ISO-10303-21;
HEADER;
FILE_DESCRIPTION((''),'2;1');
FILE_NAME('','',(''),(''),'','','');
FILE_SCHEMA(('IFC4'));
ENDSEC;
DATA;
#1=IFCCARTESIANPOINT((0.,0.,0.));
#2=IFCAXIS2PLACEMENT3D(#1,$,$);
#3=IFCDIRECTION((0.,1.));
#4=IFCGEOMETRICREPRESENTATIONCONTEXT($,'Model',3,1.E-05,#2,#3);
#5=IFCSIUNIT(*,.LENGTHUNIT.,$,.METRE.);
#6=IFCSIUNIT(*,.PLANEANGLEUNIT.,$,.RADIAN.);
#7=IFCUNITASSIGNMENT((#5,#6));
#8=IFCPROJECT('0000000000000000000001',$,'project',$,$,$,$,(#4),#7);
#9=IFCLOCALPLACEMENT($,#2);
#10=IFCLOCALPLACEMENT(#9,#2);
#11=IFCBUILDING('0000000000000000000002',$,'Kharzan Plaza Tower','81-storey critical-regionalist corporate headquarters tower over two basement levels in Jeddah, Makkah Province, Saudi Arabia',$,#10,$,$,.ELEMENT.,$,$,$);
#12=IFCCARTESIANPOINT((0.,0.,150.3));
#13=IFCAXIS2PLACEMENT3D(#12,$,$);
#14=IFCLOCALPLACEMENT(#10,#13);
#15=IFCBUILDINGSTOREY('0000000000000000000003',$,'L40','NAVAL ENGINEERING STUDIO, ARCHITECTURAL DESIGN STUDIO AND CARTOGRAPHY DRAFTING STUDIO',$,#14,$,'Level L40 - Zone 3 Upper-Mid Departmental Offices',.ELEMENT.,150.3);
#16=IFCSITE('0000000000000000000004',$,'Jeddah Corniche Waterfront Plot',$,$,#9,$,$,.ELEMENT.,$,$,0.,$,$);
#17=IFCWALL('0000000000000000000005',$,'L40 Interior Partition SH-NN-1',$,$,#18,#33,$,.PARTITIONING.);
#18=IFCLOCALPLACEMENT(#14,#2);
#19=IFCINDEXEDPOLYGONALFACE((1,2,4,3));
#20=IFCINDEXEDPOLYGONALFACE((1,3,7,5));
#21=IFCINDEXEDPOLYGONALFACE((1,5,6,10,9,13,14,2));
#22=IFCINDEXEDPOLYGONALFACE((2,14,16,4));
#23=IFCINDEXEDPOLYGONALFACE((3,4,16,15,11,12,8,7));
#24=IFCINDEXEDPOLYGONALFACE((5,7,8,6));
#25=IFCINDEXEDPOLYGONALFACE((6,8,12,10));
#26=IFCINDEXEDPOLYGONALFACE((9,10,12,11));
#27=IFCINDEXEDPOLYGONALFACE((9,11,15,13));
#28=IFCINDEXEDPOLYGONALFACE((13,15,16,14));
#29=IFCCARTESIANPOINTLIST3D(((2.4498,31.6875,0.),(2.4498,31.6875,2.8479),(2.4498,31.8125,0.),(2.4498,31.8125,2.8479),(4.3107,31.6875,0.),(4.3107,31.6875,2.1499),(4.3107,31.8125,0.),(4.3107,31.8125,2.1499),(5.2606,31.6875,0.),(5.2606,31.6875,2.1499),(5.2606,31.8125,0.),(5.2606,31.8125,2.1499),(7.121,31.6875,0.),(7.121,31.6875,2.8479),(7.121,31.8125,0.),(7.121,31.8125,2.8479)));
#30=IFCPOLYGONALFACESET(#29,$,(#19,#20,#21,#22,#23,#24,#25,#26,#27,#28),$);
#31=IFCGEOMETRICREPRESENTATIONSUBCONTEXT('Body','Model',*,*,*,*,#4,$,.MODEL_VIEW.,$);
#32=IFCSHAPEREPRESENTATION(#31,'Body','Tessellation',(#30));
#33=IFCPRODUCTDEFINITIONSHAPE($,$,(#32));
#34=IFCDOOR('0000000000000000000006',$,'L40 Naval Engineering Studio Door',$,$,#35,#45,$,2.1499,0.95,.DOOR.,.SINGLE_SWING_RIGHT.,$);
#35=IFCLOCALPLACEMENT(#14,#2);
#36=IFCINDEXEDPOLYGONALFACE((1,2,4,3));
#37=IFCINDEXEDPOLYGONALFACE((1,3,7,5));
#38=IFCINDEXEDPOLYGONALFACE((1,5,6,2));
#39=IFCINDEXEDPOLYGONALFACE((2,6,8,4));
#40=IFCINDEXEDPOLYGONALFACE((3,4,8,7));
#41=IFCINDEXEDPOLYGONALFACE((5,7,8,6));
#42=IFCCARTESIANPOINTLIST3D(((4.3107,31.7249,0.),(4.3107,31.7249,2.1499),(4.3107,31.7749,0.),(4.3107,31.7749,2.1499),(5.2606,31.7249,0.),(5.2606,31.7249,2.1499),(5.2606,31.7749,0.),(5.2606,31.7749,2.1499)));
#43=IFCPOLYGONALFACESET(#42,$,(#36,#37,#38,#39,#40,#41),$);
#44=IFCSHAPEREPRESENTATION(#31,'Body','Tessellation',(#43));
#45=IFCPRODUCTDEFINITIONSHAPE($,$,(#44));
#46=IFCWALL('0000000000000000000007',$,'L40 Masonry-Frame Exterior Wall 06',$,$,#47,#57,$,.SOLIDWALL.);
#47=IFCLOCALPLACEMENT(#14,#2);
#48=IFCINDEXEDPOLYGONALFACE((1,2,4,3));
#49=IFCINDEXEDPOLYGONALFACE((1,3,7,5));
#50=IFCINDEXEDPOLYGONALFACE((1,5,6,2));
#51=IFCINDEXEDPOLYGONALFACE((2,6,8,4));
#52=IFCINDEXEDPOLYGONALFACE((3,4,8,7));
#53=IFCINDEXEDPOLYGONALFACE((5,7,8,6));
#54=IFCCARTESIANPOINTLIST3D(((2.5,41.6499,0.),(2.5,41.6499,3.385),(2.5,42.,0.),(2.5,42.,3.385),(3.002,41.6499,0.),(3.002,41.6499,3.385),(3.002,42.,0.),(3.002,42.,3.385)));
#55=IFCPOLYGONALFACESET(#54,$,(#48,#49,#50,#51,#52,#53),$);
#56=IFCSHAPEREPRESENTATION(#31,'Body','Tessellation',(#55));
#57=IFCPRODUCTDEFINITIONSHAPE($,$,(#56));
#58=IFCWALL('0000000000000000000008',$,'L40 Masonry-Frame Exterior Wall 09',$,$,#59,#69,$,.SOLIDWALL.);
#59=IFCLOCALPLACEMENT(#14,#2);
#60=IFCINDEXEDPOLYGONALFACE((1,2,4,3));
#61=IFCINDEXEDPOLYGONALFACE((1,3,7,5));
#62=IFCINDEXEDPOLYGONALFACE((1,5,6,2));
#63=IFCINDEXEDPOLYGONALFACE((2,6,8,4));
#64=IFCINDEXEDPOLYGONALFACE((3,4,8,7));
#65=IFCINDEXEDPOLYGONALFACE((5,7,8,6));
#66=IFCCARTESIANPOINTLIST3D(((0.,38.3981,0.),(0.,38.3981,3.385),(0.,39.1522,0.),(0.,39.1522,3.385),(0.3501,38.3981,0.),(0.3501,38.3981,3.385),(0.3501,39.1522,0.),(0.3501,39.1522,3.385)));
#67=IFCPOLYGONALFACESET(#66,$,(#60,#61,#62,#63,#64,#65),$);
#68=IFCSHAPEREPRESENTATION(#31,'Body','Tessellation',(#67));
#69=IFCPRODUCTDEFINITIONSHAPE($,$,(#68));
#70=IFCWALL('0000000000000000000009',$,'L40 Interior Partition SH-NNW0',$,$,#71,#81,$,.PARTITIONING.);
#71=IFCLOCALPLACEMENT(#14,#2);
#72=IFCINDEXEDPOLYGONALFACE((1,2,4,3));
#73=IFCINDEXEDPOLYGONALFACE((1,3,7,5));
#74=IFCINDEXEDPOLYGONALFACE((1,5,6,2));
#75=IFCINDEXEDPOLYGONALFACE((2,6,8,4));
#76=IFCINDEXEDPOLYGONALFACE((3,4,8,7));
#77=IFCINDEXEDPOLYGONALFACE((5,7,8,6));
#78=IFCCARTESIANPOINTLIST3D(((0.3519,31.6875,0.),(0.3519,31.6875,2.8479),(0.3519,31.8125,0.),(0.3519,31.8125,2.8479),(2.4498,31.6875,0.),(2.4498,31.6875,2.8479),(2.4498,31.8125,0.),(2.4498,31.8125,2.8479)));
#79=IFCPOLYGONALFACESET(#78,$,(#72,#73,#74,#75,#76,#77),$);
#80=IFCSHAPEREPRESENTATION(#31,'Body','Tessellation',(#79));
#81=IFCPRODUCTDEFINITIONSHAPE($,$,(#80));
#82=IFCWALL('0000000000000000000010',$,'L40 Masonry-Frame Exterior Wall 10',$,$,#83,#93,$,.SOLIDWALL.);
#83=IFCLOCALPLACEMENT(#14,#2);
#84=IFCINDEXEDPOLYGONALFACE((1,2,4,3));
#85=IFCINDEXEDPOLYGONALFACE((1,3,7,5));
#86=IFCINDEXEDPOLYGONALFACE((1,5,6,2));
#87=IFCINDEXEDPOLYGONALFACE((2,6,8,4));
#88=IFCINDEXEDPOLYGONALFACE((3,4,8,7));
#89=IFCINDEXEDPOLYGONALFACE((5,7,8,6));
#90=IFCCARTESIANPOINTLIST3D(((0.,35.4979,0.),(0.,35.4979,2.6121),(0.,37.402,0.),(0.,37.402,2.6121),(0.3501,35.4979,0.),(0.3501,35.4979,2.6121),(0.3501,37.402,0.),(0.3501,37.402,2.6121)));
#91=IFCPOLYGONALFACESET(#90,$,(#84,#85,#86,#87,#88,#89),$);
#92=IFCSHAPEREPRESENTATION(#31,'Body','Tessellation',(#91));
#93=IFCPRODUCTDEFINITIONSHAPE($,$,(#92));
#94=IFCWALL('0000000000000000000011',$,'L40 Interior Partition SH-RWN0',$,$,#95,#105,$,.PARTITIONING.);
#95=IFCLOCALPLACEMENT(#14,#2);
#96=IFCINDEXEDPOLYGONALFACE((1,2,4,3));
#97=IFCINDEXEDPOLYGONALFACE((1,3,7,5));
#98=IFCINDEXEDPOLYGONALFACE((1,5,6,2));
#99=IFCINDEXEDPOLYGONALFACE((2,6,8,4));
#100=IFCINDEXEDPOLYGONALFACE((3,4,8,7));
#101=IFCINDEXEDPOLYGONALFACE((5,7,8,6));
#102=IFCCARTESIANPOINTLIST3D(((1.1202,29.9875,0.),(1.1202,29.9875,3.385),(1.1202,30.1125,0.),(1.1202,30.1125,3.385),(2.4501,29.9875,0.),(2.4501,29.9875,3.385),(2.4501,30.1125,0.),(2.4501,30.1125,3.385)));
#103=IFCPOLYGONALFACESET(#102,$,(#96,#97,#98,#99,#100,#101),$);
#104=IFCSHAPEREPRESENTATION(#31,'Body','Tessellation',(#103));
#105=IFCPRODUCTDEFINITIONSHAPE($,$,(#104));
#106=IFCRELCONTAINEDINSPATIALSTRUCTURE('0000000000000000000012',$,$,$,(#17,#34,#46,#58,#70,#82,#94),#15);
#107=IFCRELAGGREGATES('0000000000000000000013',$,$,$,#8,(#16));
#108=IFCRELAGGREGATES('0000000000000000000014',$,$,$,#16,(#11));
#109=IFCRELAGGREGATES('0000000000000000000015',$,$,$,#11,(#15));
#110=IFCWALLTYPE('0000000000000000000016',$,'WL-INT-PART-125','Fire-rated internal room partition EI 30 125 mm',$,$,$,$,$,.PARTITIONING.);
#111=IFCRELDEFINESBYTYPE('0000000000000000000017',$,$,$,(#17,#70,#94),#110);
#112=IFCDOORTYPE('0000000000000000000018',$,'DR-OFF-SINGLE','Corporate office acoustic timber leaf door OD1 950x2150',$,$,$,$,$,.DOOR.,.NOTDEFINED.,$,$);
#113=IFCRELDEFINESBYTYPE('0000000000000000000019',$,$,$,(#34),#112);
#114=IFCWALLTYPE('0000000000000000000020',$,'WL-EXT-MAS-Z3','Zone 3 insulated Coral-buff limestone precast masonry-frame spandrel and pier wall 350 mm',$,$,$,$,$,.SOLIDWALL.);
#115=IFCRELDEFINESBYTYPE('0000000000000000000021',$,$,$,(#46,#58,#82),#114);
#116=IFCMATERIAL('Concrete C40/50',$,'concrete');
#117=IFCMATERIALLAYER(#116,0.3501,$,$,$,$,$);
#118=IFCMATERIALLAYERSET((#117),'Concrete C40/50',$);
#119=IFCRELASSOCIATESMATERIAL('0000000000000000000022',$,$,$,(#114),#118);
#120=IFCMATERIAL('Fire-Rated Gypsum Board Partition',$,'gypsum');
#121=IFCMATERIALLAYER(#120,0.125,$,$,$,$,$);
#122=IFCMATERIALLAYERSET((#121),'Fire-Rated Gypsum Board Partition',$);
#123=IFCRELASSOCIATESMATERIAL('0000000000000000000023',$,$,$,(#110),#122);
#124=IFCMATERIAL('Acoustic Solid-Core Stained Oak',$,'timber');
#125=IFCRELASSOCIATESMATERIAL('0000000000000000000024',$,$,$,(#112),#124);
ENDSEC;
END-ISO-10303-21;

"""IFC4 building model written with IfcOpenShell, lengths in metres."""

from ifc_helpers import new_model, si_unit, direction, frame, frame_2d, origin, place, context, subcontext, project, spatial, rectangle, extrude, source, transform, mapped, material, layer, layer_set, type_object, element, fill, save


model = new_model("IFC4")

# Units and contexts
model_context = context("Model", 3, precision=1e-05, world=origin(), true_north=direction((0.0, 1.0)))
body_context = subcontext(model_context, "Body", "Model", "MODEL_VIEW")
ifc_project = project(units=[si_unit("LENGTHUNIT", "METRE"), si_unit("PLANEANGLEUNIT", "RADIAN")], contexts=[model_context])

# Site, building, storey
site_placement = place(None, origin())
site = spatial("IfcSite", under=ifc_project, at=site_placement, Name="Jeddah Corniche Waterfront Plot", CompositionType="ELEMENT", RefElevation=0.0)
building_placement = place(site_placement, origin())
building = spatial("IfcBuilding", under=site, at=building_placement, Name="Kharzan Plaza Tower", Description="81-storey critical-regionalist corporate headquarters tower over two basement levels in Jeddah, Makkah Province, Saudi Arabia", CompositionType="ELEMENT")
storey_placement = place(building_placement, frame((0.0, 0.0, 150.3)))
storey = spatial("IfcBuildingStorey", under=building, at=storey_placement, Name="L40", Description="NAVAL ENGINEERING STUDIO, ARCHITECTURAL DESIGN STUDIO AND CARTOGRAPHY DRAFTING STUDIO", LongName="Level L40 - Zone 3 Upper-Mid Departmental Offices", CompositionType="ELEMENT", Elevation=150.3)

# Shared definitions
ifc_material_1 = material(Name="Concrete C40/50", Category="concrete")
ifc_layer_1 = layer(ifc_material_1, 0.3501)
ifc_layer_set_1 = layer_set([ifc_layer_1], Name="Concrete C40/50")
wall_type_1 = type_object("IfcWallType", Name="WL-EXT-MAS-Z3", Description="Zone 3 insulated Coral-buff limestone precast masonry-frame spandrel and pier wall 350 mm", PredefinedType="SOLIDWALL", material=ifc_layer_set_1)

# Wall, opening, door
ifc_material_2 = material(Name="Fire-Rated Gypsum Board Partition", Category="gypsum")
ifc_layer_2 = layer(ifc_material_2, 0.125)
ifc_layer_set_2 = layer_set([ifc_layer_2], Name="Fire-Rated Gypsum Board Partition")
wall_type_2 = type_object("IfcWallType", Name="WL-INT-PART-125", Description="Fire-rated internal room partition EI 30 125 mm", PredefinedType="PARTITIONING", material=ifc_layer_set_2)
wall_1_placement = place(storey_placement, frame((2.45, 31.75, 0.0), z_axis=(0.0, 0.0, 1.0), x_axis=(1.0, 0.0, 0.0)))
wall_1 = element("IfcWall", 1, at=wall_1_placement, inside=storey, type_object=wall_type_2, Name="L40 Interior Partition SH-NN-1", PredefinedType="PARTITIONING", context=body_context, shape_type="SweptSolid", body=[
    extrude(rectangle(XDim=4.6711, YDim=0.125, at=frame_2d((2.3354, 0.0))), origin(), (0.0, 0.0, 1.0), 2.8479),
])
opening_1_placement = place(wall_1_placement, frame((1.8606, 0.0, 0.0)))
opening_1 = element("IfcOpeningElement", 2, at=opening_1_placement, cuts=wall_1, PredefinedType="OPENING", context=body_context, shape_type="SweptSolid", body=[
    extrude(rectangle(XDim=0.95, YDim=2.1499, at=frame_2d((0.4751, 1.075))), frame((0.0, 0.0725, 0.0), z_axis=(0.0, -1.0, 0.0), x_axis=(1.0, 0.0, 0.0)), (0.0, 0.0, 1.0), 0.145),
])
ifc_material_3 = material(Name="Acoustic Solid-Core Stained Oak", Category="timber")
door_type = type_object("IfcDoorType", Name="DR-OFF-SINGLE", Description="Corporate office acoustic timber leaf door OD1 950x2150", OperationType="NOTDEFINED", PredefinedType="DOOR", material=ifc_material_3)
shared_shape_1 = source(origin(), body_context, "Body", "SweptSolid", [
    extrude(rectangle(XDim=0.95, YDim=2.1499, at=frame_2d((0.4751, 1.075))), frame((0.0, 0.0249, 0.0), z_axis=(0.0, -1.0, 0.0), x_axis=(1.0, 0.0, 0.0)), (0.0, 0.0, 1.0), 0.05),
])
door_1_placement = place(opening_1_placement, origin())
door_1 = element("IfcDoor", 3, at=door_1_placement, inside=storey, type_object=door_type, Name="L40 Naval Engineering Studio Door", OperationType="SINGLE_SWING_RIGHT", OverallHeight=2.1499, OverallWidth=0.95, PredefinedType="DOOR", context=body_context, shape_type="MappedRepresentation", body=[
    mapped(shared_shape_1, transform((0.0, 0.0, 0.0), x_axis=(1.0, 0.0, 0.0), y_axis=(0.0, 1.0, 0.0), z_axis=(0.0, 0.0, 1.0))),
])
fill(opening_1, door_1)

# Walls
shared_shape_2 = source(origin(), body_context, "Body", "SweptSolid", [
    extrude(rectangle(XDim=0.502, YDim=0.3501, at=frame_2d((0.251, 0.0))), origin(), (0.0, 0.0, 1.0), 3.385),
])
wall_2_placement = place(storey_placement, frame((3.002, 41.825, 0.0), z_axis=(0.0, 0.0, 1.0), x_axis=(-1.0, 0.0, 0.0)))
element("IfcWall", 4, at=wall_2_placement, inside=storey, type_object=wall_type_1, Name="L40 Masonry-Frame Exterior Wall 06", PredefinedType="SOLIDWALL", context=body_context, shape_type="MappedRepresentation", body=[
    mapped(shared_shape_2, transform((0.0, 0.0, 0.0), x_axis=(1.0, 0.0, 0.0), y_axis=(0.0, 1.0, 0.0), z_axis=(0.0, 0.0, 1.0))),
])
shared_shape_3 = source(origin(), body_context, "Body", "SweptSolid", [
    extrude(rectangle(XDim=0.7542, YDim=0.3501, at=frame_2d((0.377, 0.0))), origin(), (0.0, 0.0, 1.0), 3.385),
])
wall_3_placement = place(storey_placement, frame((0.175, 39.1521, 0.0), z_axis=(0.0, 0.0, 1.0), x_axis=(0.0, -1.0, 0.0)))
element("IfcWall", 5, at=wall_3_placement, inside=storey, type_object=wall_type_1, Name="L40 Masonry-Frame Exterior Wall 09", PredefinedType="SOLIDWALL", context=body_context, shape_type="MappedRepresentation", body=[
    mapped(shared_shape_3, transform((0.0, 0.0, 0.0), x_axis=(1.0, 0.0, 0.0), y_axis=(0.0, 1.0, 0.0), z_axis=(0.0, 0.0, 1.0))),
])
shared_shape_4 = source(origin(), body_context, "Body", "SweptSolid", [
    extrude(rectangle(XDim=2.0979, YDim=0.125, at=frame_2d((1.0488, 0.0))), origin(), (0.0, 0.0, 1.0), 2.8479),
])
wall_4_placement = place(storey_placement, frame((0.3521, 31.75, 0.0), z_axis=(0.0, 0.0, 1.0), x_axis=(1.0, 0.0, 0.0)))
element("IfcWall", 6, at=wall_4_placement, inside=storey, type_object=wall_type_2, Name="L40 Interior Partition SH-NNW0", PredefinedType="PARTITIONING", context=body_context, shape_type="MappedRepresentation", body=[
    mapped(shared_shape_4, transform((0.0, 0.0, 0.0), x_axis=(1.0, 0.0, 0.0), y_axis=(0.0, 1.0, 0.0), z_axis=(0.0, 0.0, 1.0))),
])
shared_shape_5 = source(origin(), body_context, "Body", "SweptSolid", [
    extrude(rectangle(XDim=1.9041, YDim=0.3501, at=frame_2d((0.9521, 0.0))), origin(), (0.0, 0.0, 1.0), 2.6121),
])
wall_5_placement = place(storey_placement, frame((0.175, 37.4021, 0.0), z_axis=(0.0, 0.0, 1.0), x_axis=(0.0, -1.0, 0.0)))
element("IfcWall", 7, at=wall_5_placement, inside=storey, type_object=wall_type_1, Name="L40 Masonry-Frame Exterior Wall 10", PredefinedType="SOLIDWALL", context=body_context, shape_type="MappedRepresentation", body=[
    mapped(shared_shape_5, transform((0.0, 0.0, 0.0), x_axis=(1.0, 0.0, 0.0), y_axis=(0.0, 1.0, 0.0), z_axis=(0.0, 0.0, 1.0))),
])
shared_shape_6 = source(origin(), body_context, "Body", "SweptSolid", [
    extrude(rectangle(XDim=1.3298, YDim=0.125, at=frame_2d((0.665, 0.0))), origin(), (0.0, 0.0, 1.0), 3.385),
])
wall_6_placement = place(storey_placement, frame((1.1201, 30.05, 0.0), z_axis=(0.0, 0.0, 1.0), x_axis=(1.0, 0.0, 0.0)))
element("IfcWall", 8, at=wall_6_placement, inside=storey, type_object=wall_type_2, Name="L40 Interior Partition SH-RWN0", PredefinedType="PARTITIONING", context=body_context, shape_type="MappedRepresentation", body=[
    mapped(shared_shape_6, transform((0.0, 0.0, 0.0), x_axis=(1.0, 0.0, 0.0), y_axis=(0.0, 1.0, 0.0), z_axis=(0.0, 0.0, 1.0))),
])

save(model, "model.ifc")
